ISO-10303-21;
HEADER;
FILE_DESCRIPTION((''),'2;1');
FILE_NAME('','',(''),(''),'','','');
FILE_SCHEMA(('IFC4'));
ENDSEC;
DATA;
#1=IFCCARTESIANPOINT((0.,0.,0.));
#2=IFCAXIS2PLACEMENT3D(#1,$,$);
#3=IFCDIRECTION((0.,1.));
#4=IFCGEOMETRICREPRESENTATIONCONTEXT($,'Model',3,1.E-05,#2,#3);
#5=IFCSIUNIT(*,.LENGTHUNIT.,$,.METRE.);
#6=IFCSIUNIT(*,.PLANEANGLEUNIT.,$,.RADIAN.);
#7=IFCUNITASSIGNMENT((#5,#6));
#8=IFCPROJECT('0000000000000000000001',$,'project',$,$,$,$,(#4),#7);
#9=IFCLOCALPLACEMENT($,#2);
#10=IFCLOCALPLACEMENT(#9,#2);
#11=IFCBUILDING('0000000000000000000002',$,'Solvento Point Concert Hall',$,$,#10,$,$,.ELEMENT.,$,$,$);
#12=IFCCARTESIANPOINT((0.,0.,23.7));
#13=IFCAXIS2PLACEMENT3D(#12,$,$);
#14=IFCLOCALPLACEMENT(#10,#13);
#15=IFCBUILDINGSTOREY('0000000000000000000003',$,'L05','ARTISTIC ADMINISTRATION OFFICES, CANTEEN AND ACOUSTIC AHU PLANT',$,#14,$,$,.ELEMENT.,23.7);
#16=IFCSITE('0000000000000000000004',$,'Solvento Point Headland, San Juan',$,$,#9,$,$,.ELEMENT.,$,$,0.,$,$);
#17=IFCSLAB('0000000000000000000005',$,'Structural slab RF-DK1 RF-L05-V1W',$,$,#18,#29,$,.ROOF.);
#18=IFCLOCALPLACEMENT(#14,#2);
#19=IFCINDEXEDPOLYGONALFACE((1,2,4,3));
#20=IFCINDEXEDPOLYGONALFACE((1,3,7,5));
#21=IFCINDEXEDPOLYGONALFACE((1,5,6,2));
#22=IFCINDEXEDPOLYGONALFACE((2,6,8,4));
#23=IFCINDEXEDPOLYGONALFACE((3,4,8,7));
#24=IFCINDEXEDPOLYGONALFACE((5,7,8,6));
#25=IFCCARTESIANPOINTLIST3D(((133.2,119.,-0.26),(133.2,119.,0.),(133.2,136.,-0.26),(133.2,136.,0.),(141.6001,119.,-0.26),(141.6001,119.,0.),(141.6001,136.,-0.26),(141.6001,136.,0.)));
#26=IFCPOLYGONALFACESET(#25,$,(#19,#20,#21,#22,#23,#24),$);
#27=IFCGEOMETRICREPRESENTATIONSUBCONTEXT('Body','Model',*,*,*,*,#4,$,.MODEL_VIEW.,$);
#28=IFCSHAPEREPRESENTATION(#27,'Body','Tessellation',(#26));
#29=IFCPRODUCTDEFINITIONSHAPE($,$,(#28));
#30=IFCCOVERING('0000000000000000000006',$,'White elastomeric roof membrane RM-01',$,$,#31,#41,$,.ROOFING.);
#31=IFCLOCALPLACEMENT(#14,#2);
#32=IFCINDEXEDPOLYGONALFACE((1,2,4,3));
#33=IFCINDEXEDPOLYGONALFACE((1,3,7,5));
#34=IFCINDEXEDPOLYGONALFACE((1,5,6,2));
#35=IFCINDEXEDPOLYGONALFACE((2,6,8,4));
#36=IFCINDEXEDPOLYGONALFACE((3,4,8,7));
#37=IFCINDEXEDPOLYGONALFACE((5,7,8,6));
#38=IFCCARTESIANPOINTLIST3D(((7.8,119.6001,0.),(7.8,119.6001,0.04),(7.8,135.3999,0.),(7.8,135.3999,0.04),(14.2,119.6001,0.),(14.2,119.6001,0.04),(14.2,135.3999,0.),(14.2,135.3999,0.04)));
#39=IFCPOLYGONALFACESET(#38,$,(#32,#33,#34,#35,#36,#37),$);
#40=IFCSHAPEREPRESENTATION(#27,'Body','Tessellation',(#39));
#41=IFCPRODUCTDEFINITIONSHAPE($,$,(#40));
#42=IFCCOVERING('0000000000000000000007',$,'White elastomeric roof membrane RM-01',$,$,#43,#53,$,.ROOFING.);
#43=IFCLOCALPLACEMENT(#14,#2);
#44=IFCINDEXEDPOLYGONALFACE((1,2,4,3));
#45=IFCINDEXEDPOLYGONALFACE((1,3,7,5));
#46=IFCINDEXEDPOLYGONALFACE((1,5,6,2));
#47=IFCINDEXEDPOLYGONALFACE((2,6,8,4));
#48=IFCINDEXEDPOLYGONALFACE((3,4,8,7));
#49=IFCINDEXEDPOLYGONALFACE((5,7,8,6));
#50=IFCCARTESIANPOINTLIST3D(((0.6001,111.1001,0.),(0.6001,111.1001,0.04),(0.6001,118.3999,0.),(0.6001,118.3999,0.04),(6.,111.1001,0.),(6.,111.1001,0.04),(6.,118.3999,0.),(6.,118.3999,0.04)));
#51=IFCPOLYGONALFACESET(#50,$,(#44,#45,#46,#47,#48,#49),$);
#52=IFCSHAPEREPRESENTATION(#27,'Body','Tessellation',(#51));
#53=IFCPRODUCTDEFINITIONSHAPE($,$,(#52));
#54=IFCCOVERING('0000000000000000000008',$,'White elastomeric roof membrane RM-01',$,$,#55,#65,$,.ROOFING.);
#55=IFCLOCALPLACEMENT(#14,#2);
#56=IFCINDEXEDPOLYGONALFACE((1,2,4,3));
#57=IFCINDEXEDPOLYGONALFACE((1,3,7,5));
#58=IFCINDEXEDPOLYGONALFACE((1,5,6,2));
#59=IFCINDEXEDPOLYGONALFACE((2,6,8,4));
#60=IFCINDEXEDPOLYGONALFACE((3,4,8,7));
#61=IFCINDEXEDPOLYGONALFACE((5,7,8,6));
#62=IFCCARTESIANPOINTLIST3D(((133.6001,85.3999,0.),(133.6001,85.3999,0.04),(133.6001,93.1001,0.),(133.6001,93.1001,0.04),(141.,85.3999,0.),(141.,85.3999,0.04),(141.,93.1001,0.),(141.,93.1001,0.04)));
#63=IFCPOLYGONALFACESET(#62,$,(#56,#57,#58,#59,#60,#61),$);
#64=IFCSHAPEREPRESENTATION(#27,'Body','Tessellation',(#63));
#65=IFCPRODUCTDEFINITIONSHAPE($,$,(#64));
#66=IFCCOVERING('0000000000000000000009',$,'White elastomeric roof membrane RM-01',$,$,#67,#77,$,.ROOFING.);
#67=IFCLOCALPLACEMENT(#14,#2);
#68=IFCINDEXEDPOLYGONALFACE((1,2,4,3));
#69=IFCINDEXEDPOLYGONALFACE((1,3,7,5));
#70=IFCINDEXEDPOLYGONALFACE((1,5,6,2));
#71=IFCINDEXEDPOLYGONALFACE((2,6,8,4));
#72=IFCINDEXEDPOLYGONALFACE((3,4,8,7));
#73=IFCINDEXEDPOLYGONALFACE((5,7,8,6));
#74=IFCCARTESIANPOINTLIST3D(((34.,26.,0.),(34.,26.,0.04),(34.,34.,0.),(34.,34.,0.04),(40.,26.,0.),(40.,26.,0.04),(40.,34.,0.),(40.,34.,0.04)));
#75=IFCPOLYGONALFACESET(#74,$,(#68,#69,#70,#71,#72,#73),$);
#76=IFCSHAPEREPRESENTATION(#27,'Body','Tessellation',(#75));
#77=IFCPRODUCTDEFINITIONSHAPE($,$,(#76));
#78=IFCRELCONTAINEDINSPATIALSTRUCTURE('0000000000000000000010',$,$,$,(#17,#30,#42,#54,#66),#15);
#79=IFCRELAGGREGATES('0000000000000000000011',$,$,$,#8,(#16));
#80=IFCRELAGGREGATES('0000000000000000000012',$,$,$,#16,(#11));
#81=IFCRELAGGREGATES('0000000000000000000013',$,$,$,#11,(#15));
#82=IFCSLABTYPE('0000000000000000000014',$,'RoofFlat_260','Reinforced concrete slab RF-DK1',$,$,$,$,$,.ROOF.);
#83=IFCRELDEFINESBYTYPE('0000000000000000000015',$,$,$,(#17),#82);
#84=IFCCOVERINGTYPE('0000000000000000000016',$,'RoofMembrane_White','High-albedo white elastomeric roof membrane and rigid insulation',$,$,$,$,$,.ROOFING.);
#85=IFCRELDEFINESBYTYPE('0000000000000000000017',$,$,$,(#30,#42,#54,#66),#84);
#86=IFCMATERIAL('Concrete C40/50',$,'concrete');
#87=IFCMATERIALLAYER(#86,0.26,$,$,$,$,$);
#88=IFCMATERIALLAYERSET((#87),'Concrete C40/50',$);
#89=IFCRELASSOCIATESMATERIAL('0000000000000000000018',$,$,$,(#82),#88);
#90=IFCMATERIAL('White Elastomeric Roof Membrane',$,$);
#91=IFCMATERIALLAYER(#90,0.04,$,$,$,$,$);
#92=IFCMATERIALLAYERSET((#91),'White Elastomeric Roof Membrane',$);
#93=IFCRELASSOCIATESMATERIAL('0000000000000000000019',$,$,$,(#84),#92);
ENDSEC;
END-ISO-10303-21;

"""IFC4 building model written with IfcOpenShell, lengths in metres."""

from ifc_helpers import new_model, si_unit, direction, frame, origin, place, context, subcontext, project, spatial, polyline, outline, extrude, material, layer, layer_set, type_object, element, save


model = new_model("IFC4")

# Units and contexts
model_context = context("Model", 3, precision=1e-05, world=origin(), true_north=direction((0.0, 1.0)))
body_context = subcontext(model_context, "Body", "Model", "MODEL_VIEW")
ifc_project = project(units=[si_unit("LENGTHUNIT", "METRE"), si_unit("PLANEANGLEUNIT", "RADIAN")], contexts=[model_context])

# Site, building, storey
site_placement = place(None, origin())
site = spatial("IfcSite", under=ifc_project, at=site_placement, Name="Solvento Point Headland, San Juan", CompositionType="ELEMENT", RefElevation=0.0)
building_placement = place(site_placement, origin())
building = spatial("IfcBuilding", under=site, at=building_placement, Name="Solvento Point Concert Hall", CompositionType="ELEMENT")
storey_placement = place(building_placement, frame((0.0, 0.0, 23.7)))
storey = spatial("IfcBuildingStorey", under=building, at=storey_placement, Name="L05", Description="ARTISTIC ADMINISTRATION OFFICES, CANTEEN AND ACOUSTIC AHU PLANT", CompositionType="ELEMENT", Elevation=23.7)

# Shared definitions
ifc_material_1 = material(Name="Concrete C40/50", Category="concrete")
ifc_layer_1 = layer(ifc_material_1, 0.26)
ifc_layer_set_1 = layer_set([ifc_layer_1], Name="Concrete C40/50")
slab_type_1 = type_object("IfcSlabType", Name="RoofFlat_260", Description="Reinforced concrete slab RF-DK1", PredefinedType="ROOF", material=ifc_layer_set_1)

# Slab
slab_1_placement = place(storey_placement, frame((0.0, 0.0, -0.26)))
element("IfcSlab", 1, at=slab_1_placement, inside=storey, type_object=slab_type_1, Name="Structural slab RF-DK1 RF-L05-V1W", PredefinedType="ROOF", context=body_context, shape_type="SweptSolid", body=[
    extrude(outline(polyline([(133.2, 119.0), (133.2, 136.0), (141.6001, 136.0), (141.6001, 119.0), (133.2, 119.0)])), origin(), (0.0, 0.0, 1.0), 0.26),
])

# Coverings
ifc_material_2 = material(Name="White Elastomeric Roof Membrane")
ifc_layer_2 = layer(ifc_material_2, 0.04)
ifc_layer_set_2 = layer_set([ifc_layer_2], Name="White Elastomeric Roof Membrane")
covering_type = type_object("IfcCoveringType", Name="RoofMembrane_White", Description="High-albedo white elastomeric roof membrane and rigid insulation", PredefinedType="ROOFING", material=ifc_layer_set_2)
covering_1_placement = place(storey_placement, origin())
element("IfcCovering", 2, at=covering_1_placement, inside=storey, type_object=covering_type, Name="White elastomeric roof membrane RM-01", PredefinedType="ROOFING", context=body_context, shape_type="SweptSolid", body=[
    extrude(outline(polyline([(7.8, 119.6001), (14.2, 119.6001), (14.2, 135.3999), (7.8, 135.3999), (7.8, 119.6001)])), origin(), (0.0, 0.0, 1.0), 0.04),
])
covering_2_placement = place(storey_placement, origin())
element("IfcCovering", 3, at=covering_2_placement, inside=storey, type_object=covering_type, Name="White elastomeric roof membrane RM-01", PredefinedType="ROOFING", context=body_context, shape_type="SweptSolid", body=[
    extrude(outline(polyline([(0.6001, 111.1001), (6.0, 111.1001), (6.0, 118.3999), (0.6001, 118.3999), (0.6001, 111.1001)])), origin(), (0.0, 0.0, 1.0), 0.04),
])
covering_3_placement = place(storey_placement, origin())
element("IfcCovering", 4, at=covering_3_placement, inside=storey, type_object=covering_type, Name="White elastomeric roof membrane RM-01", PredefinedType="ROOFING", context=body_context, shape_type="SweptSolid", body=[
    extrude(outline(polyline([(133.6001, 85.3999), (141.0, 85.3999), (141.0, 93.1001), (133.6001, 93.1001), (133.6001, 85.3999)])), origin(), (0.0, 0.0, 1.0), 0.04),
])
covering_4_placement = place(storey_placement, origin())
element("IfcCovering", 5, at=covering_4_placement, inside=storey, type_object=covering_type, Name="White elastomeric roof membrane RM-01", PredefinedType="ROOFING", context=body_context, shape_type="SweptSolid", body=[
    extrude(outline(polyline([(34.0, 26.0), (40.0, 26.0), (40.0, 34.0), (34.0, 34.0), (34.0, 26.0)])), origin(), (0.0, 0.0, 1.0), 0.04),
])

save(model, "model.ifc")
